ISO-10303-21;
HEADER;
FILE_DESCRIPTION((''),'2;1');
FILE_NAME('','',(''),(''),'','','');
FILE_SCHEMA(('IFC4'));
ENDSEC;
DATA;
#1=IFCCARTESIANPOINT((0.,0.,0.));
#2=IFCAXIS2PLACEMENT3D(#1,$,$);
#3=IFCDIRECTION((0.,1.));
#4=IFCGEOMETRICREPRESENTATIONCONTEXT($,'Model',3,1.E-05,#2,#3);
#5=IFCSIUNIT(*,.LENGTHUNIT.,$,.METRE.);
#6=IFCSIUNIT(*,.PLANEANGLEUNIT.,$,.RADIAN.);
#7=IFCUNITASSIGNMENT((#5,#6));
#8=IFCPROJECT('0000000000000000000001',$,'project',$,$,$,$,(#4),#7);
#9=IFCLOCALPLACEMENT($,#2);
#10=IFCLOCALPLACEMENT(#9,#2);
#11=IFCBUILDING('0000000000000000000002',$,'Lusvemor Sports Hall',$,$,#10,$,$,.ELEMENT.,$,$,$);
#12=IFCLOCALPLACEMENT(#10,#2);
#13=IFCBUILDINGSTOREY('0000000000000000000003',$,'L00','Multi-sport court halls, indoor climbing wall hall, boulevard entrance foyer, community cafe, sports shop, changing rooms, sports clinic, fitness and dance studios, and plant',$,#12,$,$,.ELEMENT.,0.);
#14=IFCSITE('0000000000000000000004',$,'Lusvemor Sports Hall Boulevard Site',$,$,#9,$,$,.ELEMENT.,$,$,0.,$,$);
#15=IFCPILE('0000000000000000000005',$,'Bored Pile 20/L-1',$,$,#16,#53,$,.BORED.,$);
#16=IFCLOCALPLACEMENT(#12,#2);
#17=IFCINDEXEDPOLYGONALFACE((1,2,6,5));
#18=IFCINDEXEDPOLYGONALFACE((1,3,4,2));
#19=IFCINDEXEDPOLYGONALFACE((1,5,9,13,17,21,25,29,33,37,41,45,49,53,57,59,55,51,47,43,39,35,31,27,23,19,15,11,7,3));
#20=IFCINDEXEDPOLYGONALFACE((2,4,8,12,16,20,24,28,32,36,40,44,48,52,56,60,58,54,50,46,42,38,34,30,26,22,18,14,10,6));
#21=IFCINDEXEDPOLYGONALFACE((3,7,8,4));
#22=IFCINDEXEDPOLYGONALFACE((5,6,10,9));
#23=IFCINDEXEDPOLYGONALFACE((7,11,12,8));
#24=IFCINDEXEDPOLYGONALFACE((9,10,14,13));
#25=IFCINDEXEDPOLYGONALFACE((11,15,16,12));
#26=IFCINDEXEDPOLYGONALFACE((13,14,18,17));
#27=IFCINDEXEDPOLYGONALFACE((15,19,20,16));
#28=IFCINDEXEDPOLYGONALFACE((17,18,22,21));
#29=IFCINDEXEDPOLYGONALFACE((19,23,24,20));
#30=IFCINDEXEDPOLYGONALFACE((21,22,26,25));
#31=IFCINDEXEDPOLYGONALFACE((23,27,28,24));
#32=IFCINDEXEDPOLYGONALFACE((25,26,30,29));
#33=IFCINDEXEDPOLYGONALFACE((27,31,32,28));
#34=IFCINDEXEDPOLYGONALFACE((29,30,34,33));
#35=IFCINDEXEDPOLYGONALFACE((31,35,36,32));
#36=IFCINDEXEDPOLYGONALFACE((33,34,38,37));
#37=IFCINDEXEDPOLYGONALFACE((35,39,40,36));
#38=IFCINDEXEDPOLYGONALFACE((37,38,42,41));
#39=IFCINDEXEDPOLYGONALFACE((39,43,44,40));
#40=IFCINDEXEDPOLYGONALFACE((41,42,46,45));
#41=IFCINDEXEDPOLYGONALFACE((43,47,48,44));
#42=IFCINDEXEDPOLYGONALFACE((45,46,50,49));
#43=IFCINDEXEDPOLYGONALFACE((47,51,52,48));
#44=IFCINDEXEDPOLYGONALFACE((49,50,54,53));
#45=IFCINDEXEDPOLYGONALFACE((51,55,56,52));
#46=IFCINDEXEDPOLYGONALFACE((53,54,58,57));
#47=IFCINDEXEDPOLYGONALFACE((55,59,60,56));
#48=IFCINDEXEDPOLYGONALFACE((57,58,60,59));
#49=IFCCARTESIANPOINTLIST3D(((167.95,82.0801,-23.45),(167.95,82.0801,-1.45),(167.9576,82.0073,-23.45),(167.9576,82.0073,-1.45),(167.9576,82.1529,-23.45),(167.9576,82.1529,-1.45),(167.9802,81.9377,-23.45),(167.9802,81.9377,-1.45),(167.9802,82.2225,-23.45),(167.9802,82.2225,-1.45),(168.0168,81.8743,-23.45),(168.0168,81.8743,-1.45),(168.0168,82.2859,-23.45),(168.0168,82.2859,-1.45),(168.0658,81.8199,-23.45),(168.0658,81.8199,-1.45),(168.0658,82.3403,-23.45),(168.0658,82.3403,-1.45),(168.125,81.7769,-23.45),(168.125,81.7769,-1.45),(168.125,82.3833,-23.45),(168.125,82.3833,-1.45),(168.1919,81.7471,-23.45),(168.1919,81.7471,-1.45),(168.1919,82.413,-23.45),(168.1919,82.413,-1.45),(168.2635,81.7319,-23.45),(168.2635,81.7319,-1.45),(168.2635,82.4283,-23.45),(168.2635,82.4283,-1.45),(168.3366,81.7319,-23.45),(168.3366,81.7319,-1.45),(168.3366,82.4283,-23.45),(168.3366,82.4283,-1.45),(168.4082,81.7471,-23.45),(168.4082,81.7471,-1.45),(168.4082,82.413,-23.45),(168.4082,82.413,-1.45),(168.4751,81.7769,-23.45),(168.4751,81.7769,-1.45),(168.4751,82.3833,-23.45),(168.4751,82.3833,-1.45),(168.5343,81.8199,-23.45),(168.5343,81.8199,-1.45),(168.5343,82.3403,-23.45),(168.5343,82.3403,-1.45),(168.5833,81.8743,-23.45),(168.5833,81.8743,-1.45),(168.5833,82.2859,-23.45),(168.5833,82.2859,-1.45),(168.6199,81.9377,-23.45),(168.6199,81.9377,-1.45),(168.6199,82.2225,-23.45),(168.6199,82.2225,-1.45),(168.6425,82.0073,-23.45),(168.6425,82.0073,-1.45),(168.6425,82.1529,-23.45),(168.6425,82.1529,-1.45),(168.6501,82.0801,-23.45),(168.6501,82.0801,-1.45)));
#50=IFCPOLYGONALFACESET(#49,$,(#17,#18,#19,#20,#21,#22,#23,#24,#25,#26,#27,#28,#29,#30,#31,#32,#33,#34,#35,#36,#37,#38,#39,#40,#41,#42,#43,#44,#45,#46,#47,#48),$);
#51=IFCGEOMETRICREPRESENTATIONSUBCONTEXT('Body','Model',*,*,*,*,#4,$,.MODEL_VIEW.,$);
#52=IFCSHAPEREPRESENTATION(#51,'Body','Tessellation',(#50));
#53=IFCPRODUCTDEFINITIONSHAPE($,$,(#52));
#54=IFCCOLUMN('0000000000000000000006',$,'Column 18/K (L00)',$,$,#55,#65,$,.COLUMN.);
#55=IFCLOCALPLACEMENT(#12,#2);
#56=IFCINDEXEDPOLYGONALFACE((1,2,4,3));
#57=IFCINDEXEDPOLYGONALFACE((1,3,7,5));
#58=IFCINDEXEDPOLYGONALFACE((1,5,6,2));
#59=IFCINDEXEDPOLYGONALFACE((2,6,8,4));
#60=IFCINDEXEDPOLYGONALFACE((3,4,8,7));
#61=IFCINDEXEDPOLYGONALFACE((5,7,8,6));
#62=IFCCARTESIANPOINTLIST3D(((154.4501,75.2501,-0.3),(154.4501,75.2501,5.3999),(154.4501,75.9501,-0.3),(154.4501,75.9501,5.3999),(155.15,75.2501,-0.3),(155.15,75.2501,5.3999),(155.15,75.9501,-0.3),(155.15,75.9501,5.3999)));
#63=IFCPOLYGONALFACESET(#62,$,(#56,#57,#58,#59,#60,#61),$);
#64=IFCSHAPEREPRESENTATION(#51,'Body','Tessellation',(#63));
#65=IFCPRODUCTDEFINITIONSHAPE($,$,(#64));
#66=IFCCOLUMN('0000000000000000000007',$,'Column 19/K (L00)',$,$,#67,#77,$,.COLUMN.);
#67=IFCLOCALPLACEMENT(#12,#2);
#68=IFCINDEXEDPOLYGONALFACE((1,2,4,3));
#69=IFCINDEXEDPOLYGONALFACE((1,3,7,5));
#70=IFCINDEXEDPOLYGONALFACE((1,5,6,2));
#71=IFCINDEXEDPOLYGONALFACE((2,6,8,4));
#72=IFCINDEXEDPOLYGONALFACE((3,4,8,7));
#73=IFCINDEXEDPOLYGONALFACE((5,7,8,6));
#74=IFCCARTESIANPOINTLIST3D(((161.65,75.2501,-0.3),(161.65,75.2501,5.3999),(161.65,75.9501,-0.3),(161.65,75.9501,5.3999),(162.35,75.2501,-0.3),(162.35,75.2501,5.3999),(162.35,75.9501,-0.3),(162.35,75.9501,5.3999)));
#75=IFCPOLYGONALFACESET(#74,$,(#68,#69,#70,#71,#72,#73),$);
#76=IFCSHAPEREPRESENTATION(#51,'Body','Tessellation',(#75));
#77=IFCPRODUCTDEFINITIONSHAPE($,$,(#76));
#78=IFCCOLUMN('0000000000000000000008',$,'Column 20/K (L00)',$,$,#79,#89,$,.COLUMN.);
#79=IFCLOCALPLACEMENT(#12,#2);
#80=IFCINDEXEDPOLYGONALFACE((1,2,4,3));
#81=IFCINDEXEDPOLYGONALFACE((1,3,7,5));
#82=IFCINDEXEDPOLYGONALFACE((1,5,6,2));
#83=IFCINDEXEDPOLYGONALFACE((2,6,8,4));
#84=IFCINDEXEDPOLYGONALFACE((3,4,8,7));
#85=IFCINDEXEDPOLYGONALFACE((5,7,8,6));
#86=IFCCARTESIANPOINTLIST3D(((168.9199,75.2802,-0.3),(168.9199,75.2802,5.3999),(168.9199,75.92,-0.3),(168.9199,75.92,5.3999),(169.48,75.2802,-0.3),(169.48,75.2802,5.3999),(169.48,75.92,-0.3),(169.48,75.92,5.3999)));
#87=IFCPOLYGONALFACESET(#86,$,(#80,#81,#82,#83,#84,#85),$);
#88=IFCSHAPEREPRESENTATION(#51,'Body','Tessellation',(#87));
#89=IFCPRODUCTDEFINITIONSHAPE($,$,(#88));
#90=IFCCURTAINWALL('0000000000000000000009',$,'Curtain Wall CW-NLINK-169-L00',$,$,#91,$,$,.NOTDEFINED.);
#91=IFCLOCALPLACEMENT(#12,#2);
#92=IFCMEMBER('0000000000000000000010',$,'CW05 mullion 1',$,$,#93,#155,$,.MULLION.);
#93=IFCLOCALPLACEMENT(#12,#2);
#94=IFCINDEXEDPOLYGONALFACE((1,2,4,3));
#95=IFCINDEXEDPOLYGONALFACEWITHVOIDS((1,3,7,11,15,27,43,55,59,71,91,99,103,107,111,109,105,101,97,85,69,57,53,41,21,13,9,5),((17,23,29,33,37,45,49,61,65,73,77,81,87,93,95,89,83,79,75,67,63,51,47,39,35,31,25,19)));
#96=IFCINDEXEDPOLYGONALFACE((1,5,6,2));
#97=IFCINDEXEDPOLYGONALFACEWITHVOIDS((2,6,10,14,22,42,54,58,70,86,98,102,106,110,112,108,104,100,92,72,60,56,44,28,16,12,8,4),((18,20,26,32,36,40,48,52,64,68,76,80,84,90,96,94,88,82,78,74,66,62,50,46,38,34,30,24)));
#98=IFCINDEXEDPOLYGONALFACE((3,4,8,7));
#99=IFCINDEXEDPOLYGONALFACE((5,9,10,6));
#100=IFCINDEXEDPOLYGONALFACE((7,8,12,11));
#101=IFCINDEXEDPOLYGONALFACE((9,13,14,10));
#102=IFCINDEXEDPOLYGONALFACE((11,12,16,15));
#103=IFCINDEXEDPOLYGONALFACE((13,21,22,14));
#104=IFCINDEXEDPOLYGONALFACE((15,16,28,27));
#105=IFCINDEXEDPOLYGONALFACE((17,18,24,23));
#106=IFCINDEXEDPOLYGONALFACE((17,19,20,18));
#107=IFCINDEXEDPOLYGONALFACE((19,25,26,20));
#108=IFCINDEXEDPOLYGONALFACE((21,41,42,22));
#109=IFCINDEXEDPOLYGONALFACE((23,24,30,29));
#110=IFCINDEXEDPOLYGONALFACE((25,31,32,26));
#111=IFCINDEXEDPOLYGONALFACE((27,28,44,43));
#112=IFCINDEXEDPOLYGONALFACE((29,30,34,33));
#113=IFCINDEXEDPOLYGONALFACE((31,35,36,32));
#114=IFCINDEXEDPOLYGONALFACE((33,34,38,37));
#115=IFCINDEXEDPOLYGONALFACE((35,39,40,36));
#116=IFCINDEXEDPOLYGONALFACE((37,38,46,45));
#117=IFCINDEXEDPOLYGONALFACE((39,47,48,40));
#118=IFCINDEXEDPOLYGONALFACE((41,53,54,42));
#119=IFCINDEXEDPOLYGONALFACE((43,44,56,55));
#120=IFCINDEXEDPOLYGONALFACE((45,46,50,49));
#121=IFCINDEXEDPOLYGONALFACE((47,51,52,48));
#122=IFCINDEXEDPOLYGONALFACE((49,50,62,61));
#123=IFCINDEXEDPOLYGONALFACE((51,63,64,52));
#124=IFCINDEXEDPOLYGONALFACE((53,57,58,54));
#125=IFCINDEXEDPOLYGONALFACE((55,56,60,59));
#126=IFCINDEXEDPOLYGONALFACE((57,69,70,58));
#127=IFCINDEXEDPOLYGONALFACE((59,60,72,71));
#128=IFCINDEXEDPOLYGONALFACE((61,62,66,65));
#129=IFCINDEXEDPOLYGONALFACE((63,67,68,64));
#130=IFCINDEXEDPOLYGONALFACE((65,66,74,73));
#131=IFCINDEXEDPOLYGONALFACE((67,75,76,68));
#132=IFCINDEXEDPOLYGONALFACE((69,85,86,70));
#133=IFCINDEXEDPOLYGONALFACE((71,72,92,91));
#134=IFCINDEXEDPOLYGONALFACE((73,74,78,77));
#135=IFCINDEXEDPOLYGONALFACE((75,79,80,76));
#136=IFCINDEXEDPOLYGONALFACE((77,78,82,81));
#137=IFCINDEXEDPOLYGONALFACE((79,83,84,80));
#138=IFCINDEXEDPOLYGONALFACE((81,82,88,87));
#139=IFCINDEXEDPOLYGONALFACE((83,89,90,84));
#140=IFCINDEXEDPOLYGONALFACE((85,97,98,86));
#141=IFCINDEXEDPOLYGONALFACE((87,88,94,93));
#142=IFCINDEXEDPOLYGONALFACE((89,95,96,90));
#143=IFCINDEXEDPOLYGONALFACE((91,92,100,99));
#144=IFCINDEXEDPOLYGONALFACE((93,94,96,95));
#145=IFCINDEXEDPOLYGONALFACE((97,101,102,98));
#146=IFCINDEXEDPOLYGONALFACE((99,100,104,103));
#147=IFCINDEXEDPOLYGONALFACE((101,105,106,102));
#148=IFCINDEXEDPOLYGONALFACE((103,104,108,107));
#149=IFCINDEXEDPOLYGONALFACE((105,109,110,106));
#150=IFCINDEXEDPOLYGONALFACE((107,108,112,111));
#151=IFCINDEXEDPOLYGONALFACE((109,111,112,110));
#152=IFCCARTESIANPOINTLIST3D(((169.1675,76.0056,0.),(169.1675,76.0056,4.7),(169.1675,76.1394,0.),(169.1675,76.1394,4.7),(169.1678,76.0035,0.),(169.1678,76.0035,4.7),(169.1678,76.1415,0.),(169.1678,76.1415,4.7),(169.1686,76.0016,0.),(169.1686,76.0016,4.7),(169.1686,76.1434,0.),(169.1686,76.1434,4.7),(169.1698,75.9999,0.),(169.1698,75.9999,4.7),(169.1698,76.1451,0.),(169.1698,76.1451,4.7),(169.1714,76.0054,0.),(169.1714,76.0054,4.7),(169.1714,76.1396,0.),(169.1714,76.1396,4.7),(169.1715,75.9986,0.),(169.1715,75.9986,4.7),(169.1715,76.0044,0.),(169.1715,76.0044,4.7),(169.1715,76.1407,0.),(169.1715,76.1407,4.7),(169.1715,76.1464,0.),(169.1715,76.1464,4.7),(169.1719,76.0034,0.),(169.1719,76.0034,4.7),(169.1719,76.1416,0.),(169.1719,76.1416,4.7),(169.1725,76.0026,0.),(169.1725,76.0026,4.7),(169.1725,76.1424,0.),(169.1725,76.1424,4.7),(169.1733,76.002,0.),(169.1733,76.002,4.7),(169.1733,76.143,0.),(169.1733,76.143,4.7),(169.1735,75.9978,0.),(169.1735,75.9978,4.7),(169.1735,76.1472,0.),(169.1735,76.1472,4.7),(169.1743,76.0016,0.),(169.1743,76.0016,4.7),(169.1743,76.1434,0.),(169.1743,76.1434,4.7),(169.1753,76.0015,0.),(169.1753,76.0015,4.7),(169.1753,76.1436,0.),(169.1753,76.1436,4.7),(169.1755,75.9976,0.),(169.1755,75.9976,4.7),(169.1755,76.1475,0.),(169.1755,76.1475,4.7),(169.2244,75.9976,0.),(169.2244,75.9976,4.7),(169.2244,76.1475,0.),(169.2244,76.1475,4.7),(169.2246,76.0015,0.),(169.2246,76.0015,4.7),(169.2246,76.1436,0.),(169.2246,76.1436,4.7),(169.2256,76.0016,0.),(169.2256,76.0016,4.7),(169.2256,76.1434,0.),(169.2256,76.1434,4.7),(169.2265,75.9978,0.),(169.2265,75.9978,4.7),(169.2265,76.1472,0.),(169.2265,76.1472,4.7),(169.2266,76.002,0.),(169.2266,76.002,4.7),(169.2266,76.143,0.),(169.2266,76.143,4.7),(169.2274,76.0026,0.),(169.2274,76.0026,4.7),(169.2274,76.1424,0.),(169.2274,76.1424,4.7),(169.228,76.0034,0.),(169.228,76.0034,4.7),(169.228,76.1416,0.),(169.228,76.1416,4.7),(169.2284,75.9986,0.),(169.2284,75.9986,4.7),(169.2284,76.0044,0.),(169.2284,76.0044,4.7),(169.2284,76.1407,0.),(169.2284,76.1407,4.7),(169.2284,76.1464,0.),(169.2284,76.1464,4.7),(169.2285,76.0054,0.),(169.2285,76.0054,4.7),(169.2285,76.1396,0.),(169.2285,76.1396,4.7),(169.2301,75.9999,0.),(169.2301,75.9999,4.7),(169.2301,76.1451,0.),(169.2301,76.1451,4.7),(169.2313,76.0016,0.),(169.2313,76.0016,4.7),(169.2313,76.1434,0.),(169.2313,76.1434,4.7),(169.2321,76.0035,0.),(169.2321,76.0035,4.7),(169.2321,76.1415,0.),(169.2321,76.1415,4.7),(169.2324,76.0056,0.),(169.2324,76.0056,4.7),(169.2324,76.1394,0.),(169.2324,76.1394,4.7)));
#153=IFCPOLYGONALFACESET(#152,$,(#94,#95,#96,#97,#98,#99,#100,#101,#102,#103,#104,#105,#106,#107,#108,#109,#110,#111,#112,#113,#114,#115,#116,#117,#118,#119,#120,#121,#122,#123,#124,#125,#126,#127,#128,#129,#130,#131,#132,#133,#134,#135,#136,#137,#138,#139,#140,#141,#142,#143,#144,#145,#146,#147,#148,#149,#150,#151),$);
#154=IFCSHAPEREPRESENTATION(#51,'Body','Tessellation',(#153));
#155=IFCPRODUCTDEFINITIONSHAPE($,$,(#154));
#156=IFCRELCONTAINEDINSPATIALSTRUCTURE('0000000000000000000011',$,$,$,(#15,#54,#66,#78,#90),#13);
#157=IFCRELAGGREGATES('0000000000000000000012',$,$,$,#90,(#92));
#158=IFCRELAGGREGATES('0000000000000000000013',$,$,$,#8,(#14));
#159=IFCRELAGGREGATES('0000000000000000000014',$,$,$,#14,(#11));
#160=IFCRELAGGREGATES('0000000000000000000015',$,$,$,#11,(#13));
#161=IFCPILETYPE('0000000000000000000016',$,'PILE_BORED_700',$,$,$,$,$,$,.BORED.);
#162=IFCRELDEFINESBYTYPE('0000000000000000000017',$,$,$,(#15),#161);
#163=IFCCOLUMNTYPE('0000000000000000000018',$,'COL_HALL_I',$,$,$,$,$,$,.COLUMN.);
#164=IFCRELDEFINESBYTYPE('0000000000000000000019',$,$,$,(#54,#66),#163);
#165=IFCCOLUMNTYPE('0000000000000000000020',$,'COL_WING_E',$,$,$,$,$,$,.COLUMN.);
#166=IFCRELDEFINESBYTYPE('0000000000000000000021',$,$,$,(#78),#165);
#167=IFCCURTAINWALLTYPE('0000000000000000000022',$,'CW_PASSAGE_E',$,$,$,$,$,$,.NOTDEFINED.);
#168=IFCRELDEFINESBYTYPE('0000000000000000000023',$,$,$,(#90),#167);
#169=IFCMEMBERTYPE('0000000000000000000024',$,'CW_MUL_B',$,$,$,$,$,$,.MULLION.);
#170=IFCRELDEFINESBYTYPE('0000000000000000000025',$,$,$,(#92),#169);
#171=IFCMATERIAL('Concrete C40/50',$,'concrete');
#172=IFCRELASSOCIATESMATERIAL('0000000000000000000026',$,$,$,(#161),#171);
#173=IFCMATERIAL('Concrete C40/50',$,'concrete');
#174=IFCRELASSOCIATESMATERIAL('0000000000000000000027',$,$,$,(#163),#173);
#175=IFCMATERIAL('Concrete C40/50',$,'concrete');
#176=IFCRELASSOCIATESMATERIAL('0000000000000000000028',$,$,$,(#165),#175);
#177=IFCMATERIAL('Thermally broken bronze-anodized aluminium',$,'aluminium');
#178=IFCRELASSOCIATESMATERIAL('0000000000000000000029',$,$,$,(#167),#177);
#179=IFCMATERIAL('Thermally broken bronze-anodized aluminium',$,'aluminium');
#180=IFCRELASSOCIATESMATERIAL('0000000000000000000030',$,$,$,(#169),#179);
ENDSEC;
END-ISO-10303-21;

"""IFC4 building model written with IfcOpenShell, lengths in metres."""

from ifc_helpers import new_model, si_unit, direction, frame, origin, origin_2d, place, context, subcontext, project, spatial, rectangle, hollow_rectangle, circle, extrude, material, material_profile, profile_set, type_object, element, aggregate, save


model = new_model("IFC4")

# Units and contexts
model_context = context("Model", 3, precision=1e-05, world=origin(), true_north=direction((0.0, 1.0)))
body_context = subcontext(model_context, "Body", "Model", "MODEL_VIEW")
ifc_project = project(units=[si_unit("LENGTHUNIT", "METRE"), si_unit("PLANEANGLEUNIT", "RADIAN")], contexts=[model_context])

# Site, building, storey
site_placement = place(None, origin())
site = spatial("IfcSite", under=ifc_project, at=site_placement, Name="Lusvemor Sports Hall Boulevard Site", CompositionType="ELEMENT", RefElevation=0.0)
building_placement = place(site_placement, origin())
building = spatial("IfcBuilding", under=site, at=building_placement, Name="Lusvemor Sports Hall", CompositionType="ELEMENT")
storey_placement = place(building_placement, origin())
storey = spatial("IfcBuildingStorey", under=building, at=storey_placement, Name="L00", Description="Multi-sport court halls, indoor climbing wall hall, boulevard entrance foyer, community cafe, sports shop, changing rooms, sports clinic, fitness and dance studios, and plant", CompositionType="ELEMENT", Elevation=0.0)

# Pile
ifc_material_1 = material(Name="Concrete C40/50", Category="concrete")
ifc_material_profile_1 = material_profile(ifc_material_1, circle(Radius=0.3501, at=origin_2d()), Name="PILE700")
ifc_profile_set_1 = profile_set([ifc_material_profile_1], Name="Concrete C40/50")
pile_type = type_object("IfcPileType", Name="PILE_BORED_700", PredefinedType="BORED", material=ifc_profile_set_1)
for number, where, z_axis, x_axis, name in (
    (1, (168.3, 82.0801, -1.45), (0.0, 0.0, -1.0), (1.0, 0.0, 0.0), "Bored Pile 20/L-1"),
):
    element("IfcPile", number, at=place(storey_placement, frame(where, z_axis=z_axis, x_axis=x_axis)), inside=storey, type_object=pile_type, Name=name, PredefinedType="BORED", context=body_context, shape_type="SweptSolid", body=[
        extrude(circle(Radius=0.3501, at=origin_2d()), origin(), (0.0, 0.0, 1.0), 22.0),
    ])

# Columns
ifc_material_2 = material(Name="Concrete C40/50", Category="concrete")
ifc_material_profile_2 = material_profile(ifc_material_2, rectangle(XDim=0.7, YDim=0.7, at=origin_2d()), Name="RC700x700")
ifc_profile_set_2 = profile_set([ifc_material_profile_2], Name="Concrete C40/50")
column_type_1 = type_object("IfcColumnType", Name="COL_HALL_I", PredefinedType="COLUMN", material=ifc_profile_set_2)
for number, where, z_axis, x_axis, name in (
    (2, (154.8, 75.6001, -0.3), (0.0, 0.0, 1.0), (1.0, 0.0, 0.0), "Column 18/K (L00)"),
    (3, (162.0, 75.6001, -0.3), (0.0, 0.0, 1.0), (1.0, 0.0, 0.0), "Column 19/K (L00)"),
):
    element("IfcColumn", number, at=place(storey_placement, frame(where, z_axis=z_axis, x_axis=x_axis)), inside=storey, type_object=column_type_1, Name=name, PredefinedType="COLUMN", context=body_context, shape_type="SweptSolid", body=[
        extrude(rectangle(XDim=0.7, YDim=0.7, at=origin_2d()), origin(), (0.0, 0.0, 1.0), 5.7),
    ])
ifc_material_3 = material(Name="Concrete C40/50", Category="concrete")
ifc_material_profile_3 = material_profile(ifc_material_3, rectangle(XDim=0.5601, YDim=0.6399, at=origin_2d()), Name="RC560x640")
ifc_profile_set_3 = profile_set([ifc_material_profile_3], Name="Concrete C40/50")
column_type_2 = type_object("IfcColumnType", Name="COL_WING_E", PredefinedType="COLUMN", material=ifc_profile_set_3)
column_placement = place(storey_placement, frame((169.2, 75.6001, -0.3), z_axis=(0.0, 0.0, 1.0), x_axis=(1.0, 0.0, 0.0)))
element("IfcColumn", 4, at=column_placement, inside=storey, type_object=column_type_2, Name="Column 20/K (L00)", PredefinedType="COLUMN", context=body_context, shape_type="SweptSolid", body=[
    extrude(rectangle(XDim=0.5601, YDim=0.6399, at=origin_2d()), origin(), (0.0, 0.0, 1.0), 5.7),
])

# Curtain wall, member
ifc_material_4 = material(Name="Thermally broken bronze-anodized aluminium", Category="aluminium")
curtain_wall_type = type_object("IfcCurtainWallType", Name="CW_PASSAGE_E", PredefinedType="NOTDEFINED", material=ifc_material_4)
curtain_wall_placement = place(storey_placement, origin())
curtain_wall = element("IfcCurtainWall", 5, at=curtain_wall_placement, inside=storey, type_object=curtain_wall_type, Name="Curtain Wall CW-NLINK-169-L00", PredefinedType="NOTDEFINED")
ifc_material_5 = material(Name="Thermally broken bronze-anodized aluminium", Category="aluminium")
ifc_material_profile_4 = material_profile(ifc_material_5, hollow_rectangle(XDim=0.0649, YDim=0.1499, WallThickness=0.0039, InnerFilletRadius=0.0039, OuterFilletRadius=0.0081, at=origin_2d()), Name="CWMUL150x65x4")
ifc_profile_set_4 = profile_set([ifc_material_profile_4], Name="Thermally broken bronze-anodized aluminium")
member_type_1 = type_object("IfcMemberType", Name="CW_MUL_B", PredefinedType="MULLION", material=ifc_profile_set_4)
member_1_placement = place(storey_placement, frame((169.2, 76.0725, 0.0), z_axis=(0.0, 0.0, 1.0), x_axis=(-1.0, 0.0, 0.0)))
member_1 = element("IfcMember", 6, at=member_1_placement, type_object=member_type_1, Name="CW05 mullion 1", PredefinedType="MULLION", context=body_context, shape_type="SweptSolid", body=[
    extrude(hollow_rectangle(XDim=0.0649, YDim=0.1499, WallThickness=0.0039, InnerFilletRadius=0.0039, OuterFilletRadius=0.0081, at=origin_2d()), origin(), (0.0, 0.0, 1.0), 4.7),
])
aggregate(curtain_wall, [member_1])

save(model, "model.ifc")
